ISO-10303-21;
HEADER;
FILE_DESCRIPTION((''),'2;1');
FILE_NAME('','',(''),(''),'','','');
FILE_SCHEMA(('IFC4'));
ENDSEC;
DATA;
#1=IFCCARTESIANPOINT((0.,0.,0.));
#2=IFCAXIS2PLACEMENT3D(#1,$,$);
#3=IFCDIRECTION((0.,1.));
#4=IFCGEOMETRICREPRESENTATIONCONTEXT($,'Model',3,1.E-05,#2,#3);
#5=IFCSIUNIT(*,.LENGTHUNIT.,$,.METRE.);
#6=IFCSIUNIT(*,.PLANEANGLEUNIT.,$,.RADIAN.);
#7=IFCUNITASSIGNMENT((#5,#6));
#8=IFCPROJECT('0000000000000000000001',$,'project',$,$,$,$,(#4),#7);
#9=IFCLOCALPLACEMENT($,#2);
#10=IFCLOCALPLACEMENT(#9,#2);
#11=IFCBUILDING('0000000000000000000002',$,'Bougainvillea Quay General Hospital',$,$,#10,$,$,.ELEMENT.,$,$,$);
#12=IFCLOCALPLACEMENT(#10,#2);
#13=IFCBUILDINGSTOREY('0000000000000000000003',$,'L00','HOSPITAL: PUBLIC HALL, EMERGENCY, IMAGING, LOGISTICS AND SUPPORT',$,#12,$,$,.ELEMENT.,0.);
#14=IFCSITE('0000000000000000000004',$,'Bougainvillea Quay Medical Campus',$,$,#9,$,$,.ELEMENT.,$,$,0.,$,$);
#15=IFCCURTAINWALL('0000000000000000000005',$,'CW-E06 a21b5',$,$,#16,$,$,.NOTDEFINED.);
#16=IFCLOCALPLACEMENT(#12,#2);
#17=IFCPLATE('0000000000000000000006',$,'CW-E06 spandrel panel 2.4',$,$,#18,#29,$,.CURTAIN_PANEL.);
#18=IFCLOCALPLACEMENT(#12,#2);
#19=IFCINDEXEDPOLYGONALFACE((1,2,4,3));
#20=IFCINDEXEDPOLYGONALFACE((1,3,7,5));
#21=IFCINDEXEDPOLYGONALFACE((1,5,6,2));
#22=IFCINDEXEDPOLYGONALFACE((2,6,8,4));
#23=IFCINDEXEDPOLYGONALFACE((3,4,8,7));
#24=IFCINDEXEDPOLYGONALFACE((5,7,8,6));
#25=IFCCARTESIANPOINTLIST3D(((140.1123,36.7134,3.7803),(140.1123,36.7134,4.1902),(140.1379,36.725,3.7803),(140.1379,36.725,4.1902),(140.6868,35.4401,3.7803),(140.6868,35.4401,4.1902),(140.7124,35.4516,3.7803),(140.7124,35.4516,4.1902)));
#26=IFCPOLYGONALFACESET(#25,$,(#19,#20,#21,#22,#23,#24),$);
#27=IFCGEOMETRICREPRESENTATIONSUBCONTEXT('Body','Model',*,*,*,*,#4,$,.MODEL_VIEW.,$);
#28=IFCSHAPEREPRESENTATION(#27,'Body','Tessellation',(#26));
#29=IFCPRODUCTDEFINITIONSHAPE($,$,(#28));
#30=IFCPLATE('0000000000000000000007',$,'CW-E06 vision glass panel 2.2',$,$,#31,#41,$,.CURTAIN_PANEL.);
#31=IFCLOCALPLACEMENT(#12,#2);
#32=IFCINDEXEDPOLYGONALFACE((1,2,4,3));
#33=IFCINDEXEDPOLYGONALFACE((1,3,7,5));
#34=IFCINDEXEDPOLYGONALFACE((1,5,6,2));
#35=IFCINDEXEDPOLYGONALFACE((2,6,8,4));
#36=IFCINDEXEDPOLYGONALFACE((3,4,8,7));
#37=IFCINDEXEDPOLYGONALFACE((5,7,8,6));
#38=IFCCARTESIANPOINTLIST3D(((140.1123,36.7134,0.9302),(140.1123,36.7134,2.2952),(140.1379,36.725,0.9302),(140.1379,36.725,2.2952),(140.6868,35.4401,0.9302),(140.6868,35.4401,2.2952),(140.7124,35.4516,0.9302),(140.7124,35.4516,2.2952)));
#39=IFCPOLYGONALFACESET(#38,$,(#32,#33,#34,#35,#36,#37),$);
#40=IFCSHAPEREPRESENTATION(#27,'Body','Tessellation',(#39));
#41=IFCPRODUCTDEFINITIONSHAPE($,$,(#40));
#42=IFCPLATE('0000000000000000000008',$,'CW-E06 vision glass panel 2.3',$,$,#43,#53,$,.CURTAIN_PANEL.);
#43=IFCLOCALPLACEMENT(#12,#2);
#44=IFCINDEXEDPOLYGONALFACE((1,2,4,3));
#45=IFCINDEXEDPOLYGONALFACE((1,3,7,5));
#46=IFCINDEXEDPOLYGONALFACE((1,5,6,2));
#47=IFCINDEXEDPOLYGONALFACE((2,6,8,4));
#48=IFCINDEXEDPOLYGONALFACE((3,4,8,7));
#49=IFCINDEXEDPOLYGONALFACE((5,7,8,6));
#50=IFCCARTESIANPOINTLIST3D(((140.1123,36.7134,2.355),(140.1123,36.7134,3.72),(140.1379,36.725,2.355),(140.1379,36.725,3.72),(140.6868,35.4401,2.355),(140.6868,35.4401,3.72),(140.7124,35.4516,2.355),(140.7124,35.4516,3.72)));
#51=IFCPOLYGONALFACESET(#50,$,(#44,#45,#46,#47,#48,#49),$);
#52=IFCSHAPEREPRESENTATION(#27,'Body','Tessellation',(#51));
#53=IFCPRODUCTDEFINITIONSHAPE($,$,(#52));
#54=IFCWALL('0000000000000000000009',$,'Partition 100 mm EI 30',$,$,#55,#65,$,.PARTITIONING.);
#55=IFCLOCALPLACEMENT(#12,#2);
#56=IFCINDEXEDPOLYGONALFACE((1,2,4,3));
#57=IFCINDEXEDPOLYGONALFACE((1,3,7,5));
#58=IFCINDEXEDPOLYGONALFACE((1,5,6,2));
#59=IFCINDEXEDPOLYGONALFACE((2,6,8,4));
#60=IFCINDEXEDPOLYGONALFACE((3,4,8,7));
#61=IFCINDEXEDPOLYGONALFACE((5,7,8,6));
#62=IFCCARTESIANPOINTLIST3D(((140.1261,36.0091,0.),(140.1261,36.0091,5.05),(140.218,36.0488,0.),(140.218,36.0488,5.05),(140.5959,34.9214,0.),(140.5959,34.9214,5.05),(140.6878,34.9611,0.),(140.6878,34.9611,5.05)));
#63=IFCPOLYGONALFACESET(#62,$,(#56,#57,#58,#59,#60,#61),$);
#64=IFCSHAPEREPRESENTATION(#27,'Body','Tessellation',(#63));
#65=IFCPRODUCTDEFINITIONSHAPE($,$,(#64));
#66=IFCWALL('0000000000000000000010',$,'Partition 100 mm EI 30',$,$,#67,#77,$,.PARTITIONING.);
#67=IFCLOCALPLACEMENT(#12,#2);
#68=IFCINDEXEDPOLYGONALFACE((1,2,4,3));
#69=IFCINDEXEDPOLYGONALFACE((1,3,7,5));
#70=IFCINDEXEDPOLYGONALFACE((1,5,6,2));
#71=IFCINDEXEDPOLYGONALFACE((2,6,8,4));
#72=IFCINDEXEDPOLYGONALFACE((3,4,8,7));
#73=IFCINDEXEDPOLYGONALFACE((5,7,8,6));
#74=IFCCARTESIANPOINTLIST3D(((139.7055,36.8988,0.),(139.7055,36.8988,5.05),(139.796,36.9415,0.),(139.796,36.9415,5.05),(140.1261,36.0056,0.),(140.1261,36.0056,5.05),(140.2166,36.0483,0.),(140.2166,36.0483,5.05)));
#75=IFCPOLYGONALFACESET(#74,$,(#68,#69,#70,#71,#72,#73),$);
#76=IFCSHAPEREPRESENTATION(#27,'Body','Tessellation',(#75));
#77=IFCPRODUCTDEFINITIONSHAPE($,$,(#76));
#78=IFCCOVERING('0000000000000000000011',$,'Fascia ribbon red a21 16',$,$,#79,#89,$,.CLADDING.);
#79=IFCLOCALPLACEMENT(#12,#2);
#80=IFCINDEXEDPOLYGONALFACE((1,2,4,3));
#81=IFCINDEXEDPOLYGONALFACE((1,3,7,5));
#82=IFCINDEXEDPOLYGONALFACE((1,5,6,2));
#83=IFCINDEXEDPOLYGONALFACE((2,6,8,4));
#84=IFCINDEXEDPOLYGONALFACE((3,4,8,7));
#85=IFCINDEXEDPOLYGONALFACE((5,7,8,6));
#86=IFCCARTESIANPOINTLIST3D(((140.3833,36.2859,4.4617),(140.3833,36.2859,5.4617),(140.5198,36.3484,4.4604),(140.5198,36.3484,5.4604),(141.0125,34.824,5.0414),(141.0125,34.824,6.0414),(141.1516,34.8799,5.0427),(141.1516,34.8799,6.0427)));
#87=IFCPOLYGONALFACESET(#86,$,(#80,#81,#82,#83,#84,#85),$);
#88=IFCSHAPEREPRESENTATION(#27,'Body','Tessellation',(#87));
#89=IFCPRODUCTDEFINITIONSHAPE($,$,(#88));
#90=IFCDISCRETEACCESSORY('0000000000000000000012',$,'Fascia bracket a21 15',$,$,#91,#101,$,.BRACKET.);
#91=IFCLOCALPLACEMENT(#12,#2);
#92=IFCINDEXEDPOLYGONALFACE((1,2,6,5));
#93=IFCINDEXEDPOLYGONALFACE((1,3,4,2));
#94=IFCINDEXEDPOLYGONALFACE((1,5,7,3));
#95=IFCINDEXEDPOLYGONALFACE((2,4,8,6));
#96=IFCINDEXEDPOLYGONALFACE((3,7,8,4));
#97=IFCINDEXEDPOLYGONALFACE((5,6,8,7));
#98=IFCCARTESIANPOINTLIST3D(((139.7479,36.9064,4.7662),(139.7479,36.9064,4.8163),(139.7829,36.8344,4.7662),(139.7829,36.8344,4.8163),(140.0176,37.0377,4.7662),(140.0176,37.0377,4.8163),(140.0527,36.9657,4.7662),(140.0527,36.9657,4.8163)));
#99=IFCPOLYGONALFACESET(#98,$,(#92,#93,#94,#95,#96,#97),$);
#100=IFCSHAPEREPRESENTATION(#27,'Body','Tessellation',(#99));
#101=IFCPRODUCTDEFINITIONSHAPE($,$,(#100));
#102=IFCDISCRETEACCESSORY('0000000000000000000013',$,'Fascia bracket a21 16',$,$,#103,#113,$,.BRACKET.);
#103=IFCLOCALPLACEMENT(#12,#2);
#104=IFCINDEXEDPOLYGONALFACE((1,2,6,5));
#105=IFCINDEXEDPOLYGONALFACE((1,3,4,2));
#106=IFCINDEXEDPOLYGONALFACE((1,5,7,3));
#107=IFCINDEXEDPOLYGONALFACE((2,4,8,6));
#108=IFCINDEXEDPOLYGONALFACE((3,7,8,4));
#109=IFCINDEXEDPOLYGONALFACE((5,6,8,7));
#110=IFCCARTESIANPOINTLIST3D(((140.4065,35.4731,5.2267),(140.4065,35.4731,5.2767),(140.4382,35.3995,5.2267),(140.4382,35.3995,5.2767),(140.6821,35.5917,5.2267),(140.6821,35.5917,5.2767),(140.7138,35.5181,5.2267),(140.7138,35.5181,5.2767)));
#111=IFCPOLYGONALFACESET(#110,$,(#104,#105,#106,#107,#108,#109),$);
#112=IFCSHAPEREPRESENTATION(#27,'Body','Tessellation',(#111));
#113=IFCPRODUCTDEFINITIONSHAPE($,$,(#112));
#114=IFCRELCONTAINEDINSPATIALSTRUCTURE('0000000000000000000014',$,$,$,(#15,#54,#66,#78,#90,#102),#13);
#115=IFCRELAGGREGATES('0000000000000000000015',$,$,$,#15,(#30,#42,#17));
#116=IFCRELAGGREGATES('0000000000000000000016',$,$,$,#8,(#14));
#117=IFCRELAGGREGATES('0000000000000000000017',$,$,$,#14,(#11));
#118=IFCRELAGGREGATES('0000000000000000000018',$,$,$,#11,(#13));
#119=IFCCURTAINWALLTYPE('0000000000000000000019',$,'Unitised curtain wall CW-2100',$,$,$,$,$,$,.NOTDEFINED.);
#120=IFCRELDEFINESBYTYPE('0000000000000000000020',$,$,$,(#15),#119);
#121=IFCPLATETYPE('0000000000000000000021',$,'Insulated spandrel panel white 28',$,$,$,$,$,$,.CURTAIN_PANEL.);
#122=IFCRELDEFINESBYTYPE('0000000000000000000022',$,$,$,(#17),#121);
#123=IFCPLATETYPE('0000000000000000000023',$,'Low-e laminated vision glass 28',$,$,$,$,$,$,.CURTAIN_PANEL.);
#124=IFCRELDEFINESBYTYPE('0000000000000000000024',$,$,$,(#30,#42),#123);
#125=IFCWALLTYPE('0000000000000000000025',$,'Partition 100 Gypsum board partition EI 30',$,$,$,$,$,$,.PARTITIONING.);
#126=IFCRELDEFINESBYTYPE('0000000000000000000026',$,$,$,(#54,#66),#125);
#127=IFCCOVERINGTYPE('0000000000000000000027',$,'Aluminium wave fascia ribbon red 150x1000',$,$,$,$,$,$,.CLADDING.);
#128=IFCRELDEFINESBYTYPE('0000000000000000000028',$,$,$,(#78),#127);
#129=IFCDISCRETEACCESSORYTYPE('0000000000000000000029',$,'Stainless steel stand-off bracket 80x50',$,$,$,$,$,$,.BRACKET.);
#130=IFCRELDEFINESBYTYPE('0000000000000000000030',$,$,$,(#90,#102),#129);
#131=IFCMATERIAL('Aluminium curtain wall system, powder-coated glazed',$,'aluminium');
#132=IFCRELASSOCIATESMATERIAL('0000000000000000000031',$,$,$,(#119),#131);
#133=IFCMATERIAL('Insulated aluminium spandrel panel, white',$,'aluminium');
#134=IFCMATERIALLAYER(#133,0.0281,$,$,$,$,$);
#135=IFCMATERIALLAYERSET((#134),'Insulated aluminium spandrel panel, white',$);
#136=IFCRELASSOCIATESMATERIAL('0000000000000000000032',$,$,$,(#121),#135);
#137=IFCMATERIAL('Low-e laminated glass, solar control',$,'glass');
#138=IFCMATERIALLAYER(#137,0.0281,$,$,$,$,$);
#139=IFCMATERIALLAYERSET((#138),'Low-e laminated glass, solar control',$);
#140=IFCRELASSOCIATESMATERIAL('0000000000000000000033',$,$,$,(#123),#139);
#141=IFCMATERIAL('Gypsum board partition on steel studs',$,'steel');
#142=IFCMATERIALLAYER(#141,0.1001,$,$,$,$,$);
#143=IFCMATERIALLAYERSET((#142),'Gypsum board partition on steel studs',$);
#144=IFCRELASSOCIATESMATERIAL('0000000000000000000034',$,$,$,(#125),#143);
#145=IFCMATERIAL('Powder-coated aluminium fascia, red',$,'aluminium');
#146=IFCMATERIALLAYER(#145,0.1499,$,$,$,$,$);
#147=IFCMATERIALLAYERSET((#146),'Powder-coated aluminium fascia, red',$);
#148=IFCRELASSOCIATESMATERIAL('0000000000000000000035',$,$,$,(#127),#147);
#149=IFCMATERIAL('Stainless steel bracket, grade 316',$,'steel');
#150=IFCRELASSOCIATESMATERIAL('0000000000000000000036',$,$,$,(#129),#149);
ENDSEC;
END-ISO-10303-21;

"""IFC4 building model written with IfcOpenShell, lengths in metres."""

from ifc_helpers import new_model, si_unit, direction, frame, frame_2d, origin, origin_2d, place, context, subcontext, project, spatial, polyline, rectangle, outline, extrude, material, layer, layer_set, material_profile, profile_set, type_object, element, aggregate, save


model = new_model("IFC4")

# Units and contexts
model_context = context("Model", 3, precision=1e-05, world=origin(), true_north=direction((0.0, 1.0)))
body_context = subcontext(model_context, "Body", "Model", "MODEL_VIEW")
ifc_project = project(units=[si_unit("LENGTHUNIT", "METRE"), si_unit("PLANEANGLEUNIT", "RADIAN")], contexts=[model_context])

# Site, building, storey
site_placement = place(None, origin())
site = spatial("IfcSite", under=ifc_project, at=site_placement, Name="Bougainvillea Quay Medical Campus", CompositionType="ELEMENT", RefElevation=0.0)
building_placement = place(site_placement, origin())
building = spatial("IfcBuilding", under=site, at=building_placement, Name="Bougainvillea Quay General Hospital", CompositionType="ELEMENT")
storey_placement = place(building_placement, origin())
storey = spatial("IfcBuildingStorey", under=building, at=storey_placement, Name="L00", Description="HOSPITAL: PUBLIC HALL, EMERGENCY, IMAGING, LOGISTICS AND SUPPORT", CompositionType="ELEMENT", Elevation=0.0)

# Curtain wall, plates
ifc_material_1 = material(Name="Aluminium curtain wall system, powder-coated glazed", Category="aluminium")
curtain_wall_type = type_object("IfcCurtainWallType", Name="Unitised curtain wall CW-2100", PredefinedType="NOTDEFINED", material=ifc_material_1)
curtain_wall_placement = place(storey_placement, origin())
curtain_wall = element("IfcCurtainWall", 1, at=curtain_wall_placement, inside=storey, type_object=curtain_wall_type, Name="CW-E06 a21b5", PredefinedType="NOTDEFINED")
ifc_material_2 = material(Name="Insulated aluminium spandrel panel, white", Category="aluminium")
ifc_layer_1 = layer(ifc_material_2, 0.0281)
ifc_layer_set_1 = layer_set([ifc_layer_1], Name="Insulated aluminium spandrel panel, white")
plate_type_1 = type_object("IfcPlateType", Name="Insulated spandrel panel white 28", PredefinedType="CURTAIN_PANEL", material=ifc_layer_set_1)
plate_1_placement = place(storey_placement, frame((140.4124, 36.0825, 3.7803), z_axis=(0.0, 0.0, 1.0), x_axis=(0.41126, -0.911518, 0.0)))
plate_1 = element("IfcPlate", 2, at=plate_1_placement, type_object=plate_type_1, Name="CW-E06 spandrel panel 2.4", PredefinedType="CURTAIN_PANEL", context=body_context, shape_type="SweptSolid", body=[
    extrude(rectangle(XDim=1.397, YDim=0.0281, at=origin_2d()), origin(), (0.0, 0.0, 1.0), 0.4099),
])
ifc_material_3 = material(Name="Low-e laminated glass, solar control", Category="glass")
ifc_layer_2 = layer(ifc_material_3, 0.0281)
ifc_layer_set_2 = layer_set([ifc_layer_2], Name="Low-e laminated glass, solar control")
plate_type_2 = type_object("IfcPlateType", Name="Low-e laminated vision glass 28", PredefinedType="CURTAIN_PANEL", material=ifc_layer_set_2)
plate_2_placement = place(storey_placement, frame((140.4124, 36.0825, 0.9302), z_axis=(0.0, 0.0, 1.0), x_axis=(0.41126, -0.911518, 0.0)))
plate_2 = element("IfcPlate", 3, at=plate_2_placement, type_object=plate_type_2, Name="CW-E06 vision glass panel 2.2", PredefinedType="CURTAIN_PANEL", context=body_context, shape_type="SweptSolid", body=[
    extrude(rectangle(XDim=1.397, YDim=0.0281, at=origin_2d()), origin(), (0.0, 0.0, 1.0), 1.365),
])
plate_3_placement = place(storey_placement, frame((140.4124, 36.0825, 2.355), z_axis=(0.0, 0.0, 1.0), x_axis=(0.41126, -0.911518, 0.0)))
plate_3 = element("IfcPlate", 4, at=plate_3_placement, type_object=plate_type_2, Name="CW-E06 vision glass panel 2.3", PredefinedType="CURTAIN_PANEL", context=body_context, shape_type="SweptSolid", body=[
    extrude(rectangle(XDim=1.397, YDim=0.0281, at=origin_2d()), origin(), (0.0, 0.0, 1.0), 1.365),
])
aggregate(curtain_wall, [plate_2, plate_3, plate_1])

# Walls
ifc_material_4 = material(Name="Gypsum board partition on steel studs", Category="steel")
ifc_layer_3 = layer(ifc_material_4, 0.1001)
ifc_layer_set_3 = layer_set([ifc_layer_3], Name="Gypsum board partition on steel studs")
wall_type = type_object("IfcWallType", Name="Partition 100 Gypsum board partition EI 30", PredefinedType="PARTITIONING", material=ifc_layer_set_3)
wall_1_placement = place(storey_placement, frame((140.1721, 36.0288, 0.0), z_axis=(0.0, 0.0, 1.0), x_axis=(0.396479, -0.918044, 0.0)))
element("IfcWall", 5, at=wall_1_placement, inside=storey, type_object=wall_type, Name="Partition 100 mm EI 30", PredefinedType="PARTITIONING", context=body_context, shape_type="SweptSolid", body=[
    extrude(rectangle(XDim=1.1848, YDim=0.1001, at=frame_2d((0.5923, 0.0))), origin(), (0.0, 0.0, 1.0), 5.05),
])
wall_2_placement = place(storey_placement, frame((139.7507, 36.9202, 0.0), z_axis=(0.0, 0.0, 1.0), x_axis=(0.426023, -0.904712, 0.0)))
element("IfcWall", 6, at=wall_2_placement, inside=storey, type_object=wall_type, Name="Partition 100 mm EI 30", PredefinedType="PARTITIONING", context=body_context, shape_type="SweptSolid", body=[
    extrude(rectangle(XDim=0.9873, YDim=0.1001, at=frame_2d((0.4937, 0.0))), origin(), (0.0, 0.0, 1.0), 5.05),
])

# Covering
ifc_material_5 = material(Name="Powder-coated aluminium fascia, red", Category="aluminium")
ifc_layer_4 = layer(ifc_material_5, 0.1499)
ifc_layer_set_4 = layer_set([ifc_layer_4], Name="Powder-coated aluminium fascia, red")
covering_type = type_object("IfcCoveringType", Name="Aluminium wave fascia ribbon red 150x1000", PredefinedType="CLADDING", material=ifc_layer_set_4)
covering_placement = place(storey_placement, frame((140.3833, 36.2859, 4.4617), z_axis=(-0.135096, 0.314482, 0.939601), x_axis=(0.371431, -0.863069, 0.342272)))
element("IfcCovering", 7, at=covering_placement, inside=storey, type_object=covering_type, Name="Fascia ribbon red a21 16", PredefinedType="CLADDING", context=body_context, shape_type="SweptSolid", body=[
    extrude(outline(polyline([(0.0, 0.0), (1.6939, 0.0), (1.6977, 0.1499), (-0.0037, 0.1501), (0.0, 0.0)])), origin(), (0.342272, -0.000211, 0.939601), 1.0),
])

# Discrete accessories
ifc_material_6 = material(Name="Stainless steel bracket, grade 316", Category="steel")
ifc_material_profile_1 = material_profile(ifc_material_6, rectangle(XDim=0.0801, YDim=0.05, at=origin_2d()))
ifc_profile_set_1 = profile_set([ifc_material_profile_1], Name="Stainless steel bracket, grade 316")
discrete_accessory_type = type_object("IfcDiscreteAccessoryType", Name="Stainless steel stand-off bracket 80x50", PredefinedType="BRACKET", material=ifc_profile_set_1)
for number, where, z_axis, x_axis, name in (
    (8, (139.7654, 36.8704, 4.7913), (0.899097, 0.43775, 0.0), (-0.43775, 0.899097, 0.0), "Fascia bracket a21 15"),
    (9, (140.4224, 35.4363, 5.2517), (0.918513, 0.395392, 0.0), (-0.395392, 0.918513, 0.0), "Fascia bracket a21 16"),
):
    element("IfcDiscreteAccessory", number, at=place(storey_placement, frame(where, z_axis=z_axis, x_axis=x_axis)), inside=storey, type_object=discrete_accessory_type, Name=name, PredefinedType="BRACKET", context=body_context, shape_type="SweptSolid", body=[
        extrude(rectangle(XDim=0.0801, YDim=0.05, at=origin_2d()), origin(), (0.0, 0.0, 1.0), 0.3),
    ])

save(model, "model.ifc")
